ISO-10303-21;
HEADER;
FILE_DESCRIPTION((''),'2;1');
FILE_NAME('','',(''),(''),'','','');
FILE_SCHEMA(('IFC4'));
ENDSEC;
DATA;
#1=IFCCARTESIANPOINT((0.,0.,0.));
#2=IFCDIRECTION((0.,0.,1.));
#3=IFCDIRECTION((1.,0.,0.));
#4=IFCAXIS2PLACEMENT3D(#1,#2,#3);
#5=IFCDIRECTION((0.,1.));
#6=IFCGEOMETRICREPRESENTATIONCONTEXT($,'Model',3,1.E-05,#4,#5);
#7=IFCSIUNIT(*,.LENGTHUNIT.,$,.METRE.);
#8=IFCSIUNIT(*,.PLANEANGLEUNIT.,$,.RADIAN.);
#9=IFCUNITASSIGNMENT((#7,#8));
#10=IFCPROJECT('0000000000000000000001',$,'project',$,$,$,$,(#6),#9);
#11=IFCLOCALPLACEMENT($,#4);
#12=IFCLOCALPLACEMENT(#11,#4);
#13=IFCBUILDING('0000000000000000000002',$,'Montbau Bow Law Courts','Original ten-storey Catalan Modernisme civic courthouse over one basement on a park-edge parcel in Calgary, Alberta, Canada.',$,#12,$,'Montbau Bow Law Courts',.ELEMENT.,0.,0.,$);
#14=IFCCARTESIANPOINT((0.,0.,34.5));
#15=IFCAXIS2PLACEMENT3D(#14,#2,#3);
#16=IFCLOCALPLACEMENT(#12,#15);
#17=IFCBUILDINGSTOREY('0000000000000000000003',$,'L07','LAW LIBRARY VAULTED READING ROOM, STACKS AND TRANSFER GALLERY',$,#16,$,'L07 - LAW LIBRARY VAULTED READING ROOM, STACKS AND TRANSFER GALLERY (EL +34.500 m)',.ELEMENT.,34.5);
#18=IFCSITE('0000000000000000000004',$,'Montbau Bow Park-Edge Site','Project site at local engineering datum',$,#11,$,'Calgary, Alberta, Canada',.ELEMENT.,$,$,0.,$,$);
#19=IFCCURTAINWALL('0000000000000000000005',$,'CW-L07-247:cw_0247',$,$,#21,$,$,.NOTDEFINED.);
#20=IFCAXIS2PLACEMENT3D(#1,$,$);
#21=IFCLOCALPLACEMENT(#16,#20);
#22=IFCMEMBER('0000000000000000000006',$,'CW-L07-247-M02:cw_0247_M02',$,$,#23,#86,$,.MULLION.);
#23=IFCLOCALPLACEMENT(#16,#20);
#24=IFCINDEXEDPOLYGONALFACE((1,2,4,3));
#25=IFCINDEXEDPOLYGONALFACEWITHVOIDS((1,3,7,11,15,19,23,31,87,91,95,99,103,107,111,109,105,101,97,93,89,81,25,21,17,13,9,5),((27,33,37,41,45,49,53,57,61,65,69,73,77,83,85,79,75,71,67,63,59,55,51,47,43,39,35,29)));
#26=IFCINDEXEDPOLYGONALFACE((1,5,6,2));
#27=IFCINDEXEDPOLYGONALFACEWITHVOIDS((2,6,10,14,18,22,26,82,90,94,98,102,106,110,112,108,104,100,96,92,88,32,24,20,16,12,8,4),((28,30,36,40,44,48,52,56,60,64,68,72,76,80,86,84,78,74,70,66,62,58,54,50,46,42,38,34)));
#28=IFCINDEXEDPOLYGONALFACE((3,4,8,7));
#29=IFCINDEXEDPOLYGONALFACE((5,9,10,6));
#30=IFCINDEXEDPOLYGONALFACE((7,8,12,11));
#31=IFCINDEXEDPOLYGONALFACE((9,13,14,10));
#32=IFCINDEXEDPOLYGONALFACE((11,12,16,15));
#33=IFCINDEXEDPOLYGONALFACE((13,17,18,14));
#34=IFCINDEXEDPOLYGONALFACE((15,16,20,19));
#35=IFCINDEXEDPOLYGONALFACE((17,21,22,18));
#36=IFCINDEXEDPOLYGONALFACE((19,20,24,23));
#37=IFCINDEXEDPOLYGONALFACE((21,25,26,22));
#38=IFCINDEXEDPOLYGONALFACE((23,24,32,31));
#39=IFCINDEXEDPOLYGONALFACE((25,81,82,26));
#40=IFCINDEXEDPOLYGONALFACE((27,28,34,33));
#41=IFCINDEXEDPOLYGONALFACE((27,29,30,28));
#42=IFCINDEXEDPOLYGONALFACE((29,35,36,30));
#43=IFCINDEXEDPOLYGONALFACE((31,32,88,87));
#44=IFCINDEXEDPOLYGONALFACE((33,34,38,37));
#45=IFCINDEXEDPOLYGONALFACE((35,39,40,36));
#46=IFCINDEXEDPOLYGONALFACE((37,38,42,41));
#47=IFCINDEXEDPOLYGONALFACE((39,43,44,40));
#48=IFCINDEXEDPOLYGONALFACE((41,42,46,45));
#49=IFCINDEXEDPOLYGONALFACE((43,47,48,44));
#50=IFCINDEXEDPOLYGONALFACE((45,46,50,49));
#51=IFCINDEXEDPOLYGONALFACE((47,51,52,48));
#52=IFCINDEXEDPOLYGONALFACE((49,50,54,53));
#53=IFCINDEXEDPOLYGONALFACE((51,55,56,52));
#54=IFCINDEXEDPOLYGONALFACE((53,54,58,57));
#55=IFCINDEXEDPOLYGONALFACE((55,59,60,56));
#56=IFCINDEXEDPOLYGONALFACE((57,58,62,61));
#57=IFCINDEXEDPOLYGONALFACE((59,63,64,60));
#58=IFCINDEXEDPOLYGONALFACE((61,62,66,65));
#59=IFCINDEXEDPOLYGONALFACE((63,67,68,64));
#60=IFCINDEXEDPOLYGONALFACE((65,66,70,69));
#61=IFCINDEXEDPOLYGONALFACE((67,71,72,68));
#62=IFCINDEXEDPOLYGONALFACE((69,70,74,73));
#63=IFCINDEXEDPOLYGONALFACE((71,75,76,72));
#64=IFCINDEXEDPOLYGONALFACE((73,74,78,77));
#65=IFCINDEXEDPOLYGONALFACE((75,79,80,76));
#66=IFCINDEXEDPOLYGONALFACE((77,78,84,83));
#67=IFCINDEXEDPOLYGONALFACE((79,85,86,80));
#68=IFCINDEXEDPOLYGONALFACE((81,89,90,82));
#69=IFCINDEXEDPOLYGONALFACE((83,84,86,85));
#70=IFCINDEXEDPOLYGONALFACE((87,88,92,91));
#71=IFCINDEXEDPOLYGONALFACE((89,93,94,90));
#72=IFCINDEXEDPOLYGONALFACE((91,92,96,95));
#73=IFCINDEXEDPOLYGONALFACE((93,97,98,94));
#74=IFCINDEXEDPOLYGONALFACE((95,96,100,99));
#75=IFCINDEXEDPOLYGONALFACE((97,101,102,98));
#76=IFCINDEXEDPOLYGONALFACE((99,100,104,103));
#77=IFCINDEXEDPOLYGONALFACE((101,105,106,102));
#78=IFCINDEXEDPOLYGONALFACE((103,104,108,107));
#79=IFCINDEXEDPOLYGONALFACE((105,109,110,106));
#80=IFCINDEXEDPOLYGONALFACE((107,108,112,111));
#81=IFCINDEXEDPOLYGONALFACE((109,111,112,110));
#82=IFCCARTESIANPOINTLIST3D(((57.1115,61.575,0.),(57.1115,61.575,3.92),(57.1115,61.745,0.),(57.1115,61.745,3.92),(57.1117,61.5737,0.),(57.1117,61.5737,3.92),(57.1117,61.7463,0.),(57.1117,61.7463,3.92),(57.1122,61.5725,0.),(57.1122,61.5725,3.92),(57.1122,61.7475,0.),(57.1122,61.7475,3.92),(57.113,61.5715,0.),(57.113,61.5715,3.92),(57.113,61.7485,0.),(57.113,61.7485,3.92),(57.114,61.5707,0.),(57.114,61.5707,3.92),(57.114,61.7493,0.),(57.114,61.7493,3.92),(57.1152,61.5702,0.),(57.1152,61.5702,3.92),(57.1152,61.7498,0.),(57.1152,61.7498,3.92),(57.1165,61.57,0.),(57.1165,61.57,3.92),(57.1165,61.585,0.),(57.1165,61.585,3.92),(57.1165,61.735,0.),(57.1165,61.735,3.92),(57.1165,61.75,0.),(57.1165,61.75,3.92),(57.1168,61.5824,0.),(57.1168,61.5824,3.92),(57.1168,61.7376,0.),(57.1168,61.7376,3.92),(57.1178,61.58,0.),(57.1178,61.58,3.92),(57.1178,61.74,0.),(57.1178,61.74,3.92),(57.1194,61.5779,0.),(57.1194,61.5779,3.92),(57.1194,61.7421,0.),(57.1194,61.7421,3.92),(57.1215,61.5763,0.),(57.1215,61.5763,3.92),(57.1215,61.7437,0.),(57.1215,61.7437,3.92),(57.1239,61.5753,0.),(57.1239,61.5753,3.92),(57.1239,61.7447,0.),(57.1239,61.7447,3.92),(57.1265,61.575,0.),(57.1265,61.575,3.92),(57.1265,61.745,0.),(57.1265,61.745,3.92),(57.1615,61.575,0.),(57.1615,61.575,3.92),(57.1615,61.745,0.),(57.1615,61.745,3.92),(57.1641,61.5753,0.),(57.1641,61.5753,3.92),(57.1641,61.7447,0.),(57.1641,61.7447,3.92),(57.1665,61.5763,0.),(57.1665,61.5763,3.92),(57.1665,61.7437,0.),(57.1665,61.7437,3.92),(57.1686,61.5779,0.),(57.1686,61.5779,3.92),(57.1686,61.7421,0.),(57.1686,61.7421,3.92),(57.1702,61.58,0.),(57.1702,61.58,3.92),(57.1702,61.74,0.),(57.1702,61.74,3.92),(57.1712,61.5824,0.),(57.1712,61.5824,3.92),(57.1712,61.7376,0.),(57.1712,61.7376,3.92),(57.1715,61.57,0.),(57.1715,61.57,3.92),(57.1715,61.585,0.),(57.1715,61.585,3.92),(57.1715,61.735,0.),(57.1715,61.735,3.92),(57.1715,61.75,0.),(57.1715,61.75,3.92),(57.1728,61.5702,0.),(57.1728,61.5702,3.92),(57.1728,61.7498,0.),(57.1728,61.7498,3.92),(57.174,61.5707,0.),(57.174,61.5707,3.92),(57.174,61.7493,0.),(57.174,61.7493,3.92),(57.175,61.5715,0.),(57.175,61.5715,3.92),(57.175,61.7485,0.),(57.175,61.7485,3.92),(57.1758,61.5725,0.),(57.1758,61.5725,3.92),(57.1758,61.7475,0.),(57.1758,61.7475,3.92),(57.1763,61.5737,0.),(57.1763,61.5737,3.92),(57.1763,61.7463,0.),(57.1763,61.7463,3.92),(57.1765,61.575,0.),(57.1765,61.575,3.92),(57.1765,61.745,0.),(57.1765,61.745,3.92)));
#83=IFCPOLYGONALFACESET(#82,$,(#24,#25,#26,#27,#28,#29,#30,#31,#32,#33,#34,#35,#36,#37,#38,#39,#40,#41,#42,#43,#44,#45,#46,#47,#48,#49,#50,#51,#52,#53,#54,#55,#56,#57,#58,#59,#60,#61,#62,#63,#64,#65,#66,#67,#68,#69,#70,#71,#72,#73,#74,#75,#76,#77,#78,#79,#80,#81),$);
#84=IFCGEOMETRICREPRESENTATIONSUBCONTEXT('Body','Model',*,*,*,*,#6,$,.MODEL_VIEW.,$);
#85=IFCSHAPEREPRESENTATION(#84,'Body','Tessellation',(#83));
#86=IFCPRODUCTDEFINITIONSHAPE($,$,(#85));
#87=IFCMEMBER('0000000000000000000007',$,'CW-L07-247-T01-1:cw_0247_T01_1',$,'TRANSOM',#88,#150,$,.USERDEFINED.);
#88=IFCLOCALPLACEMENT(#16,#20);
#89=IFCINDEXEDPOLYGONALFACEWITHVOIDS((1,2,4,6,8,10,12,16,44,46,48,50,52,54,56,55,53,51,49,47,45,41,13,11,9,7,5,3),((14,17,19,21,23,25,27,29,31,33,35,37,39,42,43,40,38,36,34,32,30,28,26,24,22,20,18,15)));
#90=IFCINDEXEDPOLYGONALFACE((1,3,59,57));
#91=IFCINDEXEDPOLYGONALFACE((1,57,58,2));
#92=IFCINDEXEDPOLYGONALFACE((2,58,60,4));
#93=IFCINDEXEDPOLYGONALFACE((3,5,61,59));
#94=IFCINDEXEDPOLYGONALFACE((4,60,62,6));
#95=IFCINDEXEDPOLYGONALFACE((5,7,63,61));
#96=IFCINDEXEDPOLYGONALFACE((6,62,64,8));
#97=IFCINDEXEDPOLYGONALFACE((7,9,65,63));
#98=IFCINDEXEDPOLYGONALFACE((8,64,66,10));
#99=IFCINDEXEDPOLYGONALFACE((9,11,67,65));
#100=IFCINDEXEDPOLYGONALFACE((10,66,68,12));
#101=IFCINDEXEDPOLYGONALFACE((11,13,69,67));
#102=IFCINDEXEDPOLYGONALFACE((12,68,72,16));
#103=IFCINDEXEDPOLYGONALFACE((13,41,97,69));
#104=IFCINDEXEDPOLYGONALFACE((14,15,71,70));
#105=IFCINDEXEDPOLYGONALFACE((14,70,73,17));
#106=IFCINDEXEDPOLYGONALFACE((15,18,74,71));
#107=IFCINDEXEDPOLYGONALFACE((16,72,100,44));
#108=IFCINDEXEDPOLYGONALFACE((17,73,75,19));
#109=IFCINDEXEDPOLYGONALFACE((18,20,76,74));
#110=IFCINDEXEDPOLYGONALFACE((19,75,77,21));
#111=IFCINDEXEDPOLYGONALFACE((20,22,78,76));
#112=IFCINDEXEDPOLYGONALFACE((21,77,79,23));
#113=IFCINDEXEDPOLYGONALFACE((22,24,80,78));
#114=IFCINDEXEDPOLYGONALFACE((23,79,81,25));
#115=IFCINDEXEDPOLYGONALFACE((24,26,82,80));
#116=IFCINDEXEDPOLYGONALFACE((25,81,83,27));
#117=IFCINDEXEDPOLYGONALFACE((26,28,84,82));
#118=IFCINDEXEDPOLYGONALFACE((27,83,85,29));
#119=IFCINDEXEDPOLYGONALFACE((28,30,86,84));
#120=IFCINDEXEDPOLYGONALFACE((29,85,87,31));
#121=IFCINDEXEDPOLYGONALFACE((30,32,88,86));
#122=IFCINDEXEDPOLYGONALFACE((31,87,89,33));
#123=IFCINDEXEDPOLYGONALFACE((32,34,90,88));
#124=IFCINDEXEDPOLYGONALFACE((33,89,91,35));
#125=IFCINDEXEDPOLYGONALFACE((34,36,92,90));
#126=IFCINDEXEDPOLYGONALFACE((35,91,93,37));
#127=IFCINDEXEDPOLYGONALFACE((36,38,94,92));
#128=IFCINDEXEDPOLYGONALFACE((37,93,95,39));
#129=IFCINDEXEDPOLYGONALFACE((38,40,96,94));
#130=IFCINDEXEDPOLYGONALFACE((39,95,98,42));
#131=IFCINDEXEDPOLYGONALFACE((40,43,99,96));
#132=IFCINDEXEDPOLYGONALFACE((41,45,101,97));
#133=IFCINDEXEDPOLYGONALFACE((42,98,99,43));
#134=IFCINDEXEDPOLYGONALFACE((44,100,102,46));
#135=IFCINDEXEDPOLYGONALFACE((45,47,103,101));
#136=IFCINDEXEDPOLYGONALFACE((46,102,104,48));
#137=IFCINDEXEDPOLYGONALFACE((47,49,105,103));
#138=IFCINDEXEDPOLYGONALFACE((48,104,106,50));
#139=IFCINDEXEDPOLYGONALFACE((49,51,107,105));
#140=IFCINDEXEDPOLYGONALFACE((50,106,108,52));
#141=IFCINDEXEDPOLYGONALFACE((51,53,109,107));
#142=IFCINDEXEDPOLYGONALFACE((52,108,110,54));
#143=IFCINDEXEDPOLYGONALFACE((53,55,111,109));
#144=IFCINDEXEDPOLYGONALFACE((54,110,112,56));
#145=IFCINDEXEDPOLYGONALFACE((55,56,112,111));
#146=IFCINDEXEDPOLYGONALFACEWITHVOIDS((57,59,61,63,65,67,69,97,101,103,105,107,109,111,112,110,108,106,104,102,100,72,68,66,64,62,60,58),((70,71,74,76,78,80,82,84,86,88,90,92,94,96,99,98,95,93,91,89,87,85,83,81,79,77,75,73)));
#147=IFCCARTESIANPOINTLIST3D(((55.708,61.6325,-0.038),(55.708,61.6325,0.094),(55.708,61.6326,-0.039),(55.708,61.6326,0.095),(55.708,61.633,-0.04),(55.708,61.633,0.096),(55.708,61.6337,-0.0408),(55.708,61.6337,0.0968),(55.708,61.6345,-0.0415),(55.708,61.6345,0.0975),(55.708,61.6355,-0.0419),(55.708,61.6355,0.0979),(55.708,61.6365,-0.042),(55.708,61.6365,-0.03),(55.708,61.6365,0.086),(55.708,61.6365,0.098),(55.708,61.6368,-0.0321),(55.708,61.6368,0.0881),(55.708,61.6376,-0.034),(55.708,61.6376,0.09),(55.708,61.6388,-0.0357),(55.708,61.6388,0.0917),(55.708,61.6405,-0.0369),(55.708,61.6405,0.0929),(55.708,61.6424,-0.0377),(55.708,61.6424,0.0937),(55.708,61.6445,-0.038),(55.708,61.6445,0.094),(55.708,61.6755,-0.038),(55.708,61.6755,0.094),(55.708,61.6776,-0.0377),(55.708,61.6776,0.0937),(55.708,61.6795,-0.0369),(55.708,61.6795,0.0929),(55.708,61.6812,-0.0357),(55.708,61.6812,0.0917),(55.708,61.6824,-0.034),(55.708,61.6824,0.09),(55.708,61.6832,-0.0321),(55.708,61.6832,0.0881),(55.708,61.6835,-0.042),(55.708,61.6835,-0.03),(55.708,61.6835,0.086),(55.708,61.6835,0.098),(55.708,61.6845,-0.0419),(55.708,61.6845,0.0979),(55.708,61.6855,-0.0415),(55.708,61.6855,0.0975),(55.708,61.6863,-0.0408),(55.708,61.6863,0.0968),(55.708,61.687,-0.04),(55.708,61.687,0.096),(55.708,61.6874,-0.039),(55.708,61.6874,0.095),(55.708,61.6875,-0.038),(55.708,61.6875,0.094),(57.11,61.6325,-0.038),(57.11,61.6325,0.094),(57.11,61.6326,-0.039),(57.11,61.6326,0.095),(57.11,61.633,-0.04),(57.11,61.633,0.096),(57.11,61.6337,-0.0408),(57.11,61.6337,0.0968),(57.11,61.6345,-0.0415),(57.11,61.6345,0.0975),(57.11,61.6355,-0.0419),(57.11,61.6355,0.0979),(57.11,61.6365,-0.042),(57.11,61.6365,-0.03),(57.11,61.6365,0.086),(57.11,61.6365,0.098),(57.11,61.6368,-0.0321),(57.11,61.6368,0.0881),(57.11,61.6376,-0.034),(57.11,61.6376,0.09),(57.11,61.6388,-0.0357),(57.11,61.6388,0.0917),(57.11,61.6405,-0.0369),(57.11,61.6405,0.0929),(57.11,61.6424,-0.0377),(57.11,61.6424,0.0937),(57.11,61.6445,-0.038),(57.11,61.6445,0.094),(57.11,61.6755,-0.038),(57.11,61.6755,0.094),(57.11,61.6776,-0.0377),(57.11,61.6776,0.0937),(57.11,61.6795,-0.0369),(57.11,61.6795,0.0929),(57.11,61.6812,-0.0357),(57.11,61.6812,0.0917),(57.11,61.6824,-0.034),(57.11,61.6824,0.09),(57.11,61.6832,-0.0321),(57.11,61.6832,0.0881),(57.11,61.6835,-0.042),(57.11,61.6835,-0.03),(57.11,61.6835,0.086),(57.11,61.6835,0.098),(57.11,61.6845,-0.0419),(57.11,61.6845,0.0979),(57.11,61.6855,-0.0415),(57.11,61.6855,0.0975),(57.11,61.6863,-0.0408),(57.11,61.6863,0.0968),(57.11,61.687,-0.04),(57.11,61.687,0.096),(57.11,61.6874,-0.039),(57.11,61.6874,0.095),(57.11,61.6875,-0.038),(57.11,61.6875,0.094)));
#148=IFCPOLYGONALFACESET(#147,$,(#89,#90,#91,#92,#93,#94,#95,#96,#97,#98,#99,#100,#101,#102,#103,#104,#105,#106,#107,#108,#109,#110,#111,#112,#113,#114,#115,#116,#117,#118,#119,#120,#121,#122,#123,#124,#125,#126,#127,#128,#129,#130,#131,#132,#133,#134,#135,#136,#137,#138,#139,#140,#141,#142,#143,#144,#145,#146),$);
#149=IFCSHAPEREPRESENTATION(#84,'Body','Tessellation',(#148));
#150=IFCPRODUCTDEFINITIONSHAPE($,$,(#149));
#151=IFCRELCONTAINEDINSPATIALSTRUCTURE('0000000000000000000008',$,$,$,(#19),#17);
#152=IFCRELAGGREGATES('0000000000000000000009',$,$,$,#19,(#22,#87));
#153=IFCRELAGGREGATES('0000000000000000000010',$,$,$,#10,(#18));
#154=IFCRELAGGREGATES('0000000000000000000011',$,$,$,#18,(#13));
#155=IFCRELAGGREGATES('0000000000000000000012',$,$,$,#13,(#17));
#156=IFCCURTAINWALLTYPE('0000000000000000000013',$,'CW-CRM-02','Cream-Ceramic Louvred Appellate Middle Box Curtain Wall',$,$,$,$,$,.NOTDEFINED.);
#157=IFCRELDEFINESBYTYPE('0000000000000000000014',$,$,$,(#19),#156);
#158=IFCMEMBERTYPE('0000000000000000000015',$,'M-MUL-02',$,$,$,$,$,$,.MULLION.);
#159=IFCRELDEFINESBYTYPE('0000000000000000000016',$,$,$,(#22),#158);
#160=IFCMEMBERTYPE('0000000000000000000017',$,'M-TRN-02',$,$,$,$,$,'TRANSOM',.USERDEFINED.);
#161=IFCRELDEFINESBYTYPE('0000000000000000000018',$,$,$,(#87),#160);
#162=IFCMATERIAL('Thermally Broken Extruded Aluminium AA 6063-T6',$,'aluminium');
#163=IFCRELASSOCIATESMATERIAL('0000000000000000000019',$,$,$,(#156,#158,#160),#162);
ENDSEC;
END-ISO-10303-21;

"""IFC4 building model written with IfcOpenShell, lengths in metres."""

from ifc_helpers import new_model, si_unit, direction, frame, origin_with_axes, origin_2d_with_axis, place, context, subcontext, project, spatial, hollow_rectangle, extrude, material, material_profile, profile_set, type_object, element, aggregate, save


model = new_model("IFC4")

# Units and contexts
model_context = context("Model", 3, precision=1e-05, world=origin_with_axes(), true_north=direction((0.0, 1.0)))
body_context = subcontext(model_context, "Body", "Model", "MODEL_VIEW")
ifc_project = project(units=[si_unit("LENGTHUNIT", "METRE"), si_unit("PLANEANGLEUNIT", "RADIAN")], contexts=[model_context])

# Site, building, storey
site_placement = place(None, origin_with_axes())
site = spatial("IfcSite", under=ifc_project, at=site_placement, Name="Montbau Bow Park-Edge Site", Description="Project site at local engineering datum", LongName="Calgary, Alberta, Canada", CompositionType="ELEMENT", RefElevation=0.0)
building_placement = place(site_placement, origin_with_axes())
building = spatial("IfcBuilding", under=site, at=building_placement, Name="Montbau Bow Law Courts", Description="Original ten-storey Catalan Modernisme civic courthouse over one basement on a park-edge parcel in Calgary, Alberta, Canada.", LongName="Montbau Bow Law Courts", CompositionType="ELEMENT", ElevationOfRefHeight=0.0, ElevationOfTerrain=0.0)
storey_placement = place(building_placement, frame((0.0, 0.0, 34.5), z_axis=(0.0, 0.0, 1.0), x_axis=(1.0, 0.0, 0.0)))
storey = spatial("IfcBuildingStorey", under=building, at=storey_placement, Name="L07", Description="LAW LIBRARY VAULTED READING ROOM, STACKS AND TRANSFER GALLERY", LongName="L07 - LAW LIBRARY VAULTED READING ROOM, STACKS AND TRANSFER GALLERY (EL +34.500 m)", CompositionType="ELEMENT", Elevation=34.5)

# Curtain wall, members
ifc_material_1 = material(Name="Thermally Broken Extruded Aluminium AA 6063-T6", Category="aluminium")
curtain_wall_type = type_object("IfcCurtainWallType", Name="CW-CRM-02", Description="Cream-Ceramic Louvred Appellate Middle Box Curtain Wall", PredefinedType="NOTDEFINED", material=ifc_material_1)
curtain_wall_1_placement = place(None, frame((55.64, 61.66, 34.5), z_axis=(0.0, 0.0, 1.0), x_axis=(1.0, 0.0, 0.0)))
curtain_wall_1 = element("IfcCurtainWall", 1, at=curtain_wall_1_placement, inside=storey, type_object=curtain_wall_type, Name="CW-L07-247:cw_0247", PredefinedType="NOTDEFINED")
ifc_material_profile_1 = material_profile(ifc_material_1, hollow_rectangle(XDim=0.065, YDim=0.18, WallThickness=0.005, InnerFilletRadius=0.01, OuterFilletRadius=0.005, at=origin_2d_with_axis()), Name="CWM-180X65", Category="Main", Priority=0)
ifc_profile_set_1 = profile_set([ifc_material_profile_1], Name="Thermally Broken Extruded Aluminium AA 6063-T6")
member_type_1 = type_object("IfcMemberType", Name="M-MUL-02", PredefinedType="MULLION", material=ifc_profile_set_1)
member_1_placement = place(None, frame((57.144, 61.66, 34.5), z_axis=(0.0, 0.0, 1.0), x_axis=(1.0, 0.0, 0.0)))
member_1 = element("IfcMember", 2, at=member_1_placement, type_object=member_type_1, Name="CW-L07-247-M02:cw_0247_M02", PredefinedType="MULLION", context=body_context, shape_type="SweptSolid", body=[
    extrude(hollow_rectangle(XDim=0.065, YDim=0.18, WallThickness=0.005, InnerFilletRadius=0.01, OuterFilletRadius=0.005, at=origin_2d_with_axis()), origin_with_axes(), (0.0, 0.0, 1.0), 3.92),
])
ifc_material_profile_2 = material_profile(ifc_material_1, hollow_rectangle(XDim=0.055, YDim=0.14, WallThickness=0.004, InnerFilletRadius=0.008, OuterFilletRadius=0.004, at=origin_2d_with_axis()), Name="CWT-140X55", Category="Main", Priority=0)
ifc_profile_set_2 = profile_set([ifc_material_profile_2], Name="Thermally Broken Extruded Aluminium AA 6063-T6")
member_type_2 = type_object("IfcMemberType", Name="M-TRN-02", ElementType="TRANSOM", PredefinedType="USERDEFINED", material=ifc_profile_set_2)
member_2_placement = place(None, frame((55.708, 61.66, 34.528), z_axis=(1.0, 0.0, 0.0), x_axis=(0.0, 1.0, 0.0)))
member_2 = element("IfcMember", 3, at=member_2_placement, type_object=member_type_2, Name="CW-L07-247-T01-1:cw_0247_T01_1", ObjectType="TRANSOM", PredefinedType="USERDEFINED", context=body_context, shape_type="SweptSolid", body=[
    extrude(hollow_rectangle(XDim=0.055, YDim=0.14, WallThickness=0.004, InnerFilletRadius=0.008, OuterFilletRadius=0.004, at=origin_2d_with_axis()), origin_with_axes(), (0.0, 0.0, 1.0), 1.402),
])

aggregate(curtain_wall_1, [member_1, member_2])

save(model, "model.ifc")
